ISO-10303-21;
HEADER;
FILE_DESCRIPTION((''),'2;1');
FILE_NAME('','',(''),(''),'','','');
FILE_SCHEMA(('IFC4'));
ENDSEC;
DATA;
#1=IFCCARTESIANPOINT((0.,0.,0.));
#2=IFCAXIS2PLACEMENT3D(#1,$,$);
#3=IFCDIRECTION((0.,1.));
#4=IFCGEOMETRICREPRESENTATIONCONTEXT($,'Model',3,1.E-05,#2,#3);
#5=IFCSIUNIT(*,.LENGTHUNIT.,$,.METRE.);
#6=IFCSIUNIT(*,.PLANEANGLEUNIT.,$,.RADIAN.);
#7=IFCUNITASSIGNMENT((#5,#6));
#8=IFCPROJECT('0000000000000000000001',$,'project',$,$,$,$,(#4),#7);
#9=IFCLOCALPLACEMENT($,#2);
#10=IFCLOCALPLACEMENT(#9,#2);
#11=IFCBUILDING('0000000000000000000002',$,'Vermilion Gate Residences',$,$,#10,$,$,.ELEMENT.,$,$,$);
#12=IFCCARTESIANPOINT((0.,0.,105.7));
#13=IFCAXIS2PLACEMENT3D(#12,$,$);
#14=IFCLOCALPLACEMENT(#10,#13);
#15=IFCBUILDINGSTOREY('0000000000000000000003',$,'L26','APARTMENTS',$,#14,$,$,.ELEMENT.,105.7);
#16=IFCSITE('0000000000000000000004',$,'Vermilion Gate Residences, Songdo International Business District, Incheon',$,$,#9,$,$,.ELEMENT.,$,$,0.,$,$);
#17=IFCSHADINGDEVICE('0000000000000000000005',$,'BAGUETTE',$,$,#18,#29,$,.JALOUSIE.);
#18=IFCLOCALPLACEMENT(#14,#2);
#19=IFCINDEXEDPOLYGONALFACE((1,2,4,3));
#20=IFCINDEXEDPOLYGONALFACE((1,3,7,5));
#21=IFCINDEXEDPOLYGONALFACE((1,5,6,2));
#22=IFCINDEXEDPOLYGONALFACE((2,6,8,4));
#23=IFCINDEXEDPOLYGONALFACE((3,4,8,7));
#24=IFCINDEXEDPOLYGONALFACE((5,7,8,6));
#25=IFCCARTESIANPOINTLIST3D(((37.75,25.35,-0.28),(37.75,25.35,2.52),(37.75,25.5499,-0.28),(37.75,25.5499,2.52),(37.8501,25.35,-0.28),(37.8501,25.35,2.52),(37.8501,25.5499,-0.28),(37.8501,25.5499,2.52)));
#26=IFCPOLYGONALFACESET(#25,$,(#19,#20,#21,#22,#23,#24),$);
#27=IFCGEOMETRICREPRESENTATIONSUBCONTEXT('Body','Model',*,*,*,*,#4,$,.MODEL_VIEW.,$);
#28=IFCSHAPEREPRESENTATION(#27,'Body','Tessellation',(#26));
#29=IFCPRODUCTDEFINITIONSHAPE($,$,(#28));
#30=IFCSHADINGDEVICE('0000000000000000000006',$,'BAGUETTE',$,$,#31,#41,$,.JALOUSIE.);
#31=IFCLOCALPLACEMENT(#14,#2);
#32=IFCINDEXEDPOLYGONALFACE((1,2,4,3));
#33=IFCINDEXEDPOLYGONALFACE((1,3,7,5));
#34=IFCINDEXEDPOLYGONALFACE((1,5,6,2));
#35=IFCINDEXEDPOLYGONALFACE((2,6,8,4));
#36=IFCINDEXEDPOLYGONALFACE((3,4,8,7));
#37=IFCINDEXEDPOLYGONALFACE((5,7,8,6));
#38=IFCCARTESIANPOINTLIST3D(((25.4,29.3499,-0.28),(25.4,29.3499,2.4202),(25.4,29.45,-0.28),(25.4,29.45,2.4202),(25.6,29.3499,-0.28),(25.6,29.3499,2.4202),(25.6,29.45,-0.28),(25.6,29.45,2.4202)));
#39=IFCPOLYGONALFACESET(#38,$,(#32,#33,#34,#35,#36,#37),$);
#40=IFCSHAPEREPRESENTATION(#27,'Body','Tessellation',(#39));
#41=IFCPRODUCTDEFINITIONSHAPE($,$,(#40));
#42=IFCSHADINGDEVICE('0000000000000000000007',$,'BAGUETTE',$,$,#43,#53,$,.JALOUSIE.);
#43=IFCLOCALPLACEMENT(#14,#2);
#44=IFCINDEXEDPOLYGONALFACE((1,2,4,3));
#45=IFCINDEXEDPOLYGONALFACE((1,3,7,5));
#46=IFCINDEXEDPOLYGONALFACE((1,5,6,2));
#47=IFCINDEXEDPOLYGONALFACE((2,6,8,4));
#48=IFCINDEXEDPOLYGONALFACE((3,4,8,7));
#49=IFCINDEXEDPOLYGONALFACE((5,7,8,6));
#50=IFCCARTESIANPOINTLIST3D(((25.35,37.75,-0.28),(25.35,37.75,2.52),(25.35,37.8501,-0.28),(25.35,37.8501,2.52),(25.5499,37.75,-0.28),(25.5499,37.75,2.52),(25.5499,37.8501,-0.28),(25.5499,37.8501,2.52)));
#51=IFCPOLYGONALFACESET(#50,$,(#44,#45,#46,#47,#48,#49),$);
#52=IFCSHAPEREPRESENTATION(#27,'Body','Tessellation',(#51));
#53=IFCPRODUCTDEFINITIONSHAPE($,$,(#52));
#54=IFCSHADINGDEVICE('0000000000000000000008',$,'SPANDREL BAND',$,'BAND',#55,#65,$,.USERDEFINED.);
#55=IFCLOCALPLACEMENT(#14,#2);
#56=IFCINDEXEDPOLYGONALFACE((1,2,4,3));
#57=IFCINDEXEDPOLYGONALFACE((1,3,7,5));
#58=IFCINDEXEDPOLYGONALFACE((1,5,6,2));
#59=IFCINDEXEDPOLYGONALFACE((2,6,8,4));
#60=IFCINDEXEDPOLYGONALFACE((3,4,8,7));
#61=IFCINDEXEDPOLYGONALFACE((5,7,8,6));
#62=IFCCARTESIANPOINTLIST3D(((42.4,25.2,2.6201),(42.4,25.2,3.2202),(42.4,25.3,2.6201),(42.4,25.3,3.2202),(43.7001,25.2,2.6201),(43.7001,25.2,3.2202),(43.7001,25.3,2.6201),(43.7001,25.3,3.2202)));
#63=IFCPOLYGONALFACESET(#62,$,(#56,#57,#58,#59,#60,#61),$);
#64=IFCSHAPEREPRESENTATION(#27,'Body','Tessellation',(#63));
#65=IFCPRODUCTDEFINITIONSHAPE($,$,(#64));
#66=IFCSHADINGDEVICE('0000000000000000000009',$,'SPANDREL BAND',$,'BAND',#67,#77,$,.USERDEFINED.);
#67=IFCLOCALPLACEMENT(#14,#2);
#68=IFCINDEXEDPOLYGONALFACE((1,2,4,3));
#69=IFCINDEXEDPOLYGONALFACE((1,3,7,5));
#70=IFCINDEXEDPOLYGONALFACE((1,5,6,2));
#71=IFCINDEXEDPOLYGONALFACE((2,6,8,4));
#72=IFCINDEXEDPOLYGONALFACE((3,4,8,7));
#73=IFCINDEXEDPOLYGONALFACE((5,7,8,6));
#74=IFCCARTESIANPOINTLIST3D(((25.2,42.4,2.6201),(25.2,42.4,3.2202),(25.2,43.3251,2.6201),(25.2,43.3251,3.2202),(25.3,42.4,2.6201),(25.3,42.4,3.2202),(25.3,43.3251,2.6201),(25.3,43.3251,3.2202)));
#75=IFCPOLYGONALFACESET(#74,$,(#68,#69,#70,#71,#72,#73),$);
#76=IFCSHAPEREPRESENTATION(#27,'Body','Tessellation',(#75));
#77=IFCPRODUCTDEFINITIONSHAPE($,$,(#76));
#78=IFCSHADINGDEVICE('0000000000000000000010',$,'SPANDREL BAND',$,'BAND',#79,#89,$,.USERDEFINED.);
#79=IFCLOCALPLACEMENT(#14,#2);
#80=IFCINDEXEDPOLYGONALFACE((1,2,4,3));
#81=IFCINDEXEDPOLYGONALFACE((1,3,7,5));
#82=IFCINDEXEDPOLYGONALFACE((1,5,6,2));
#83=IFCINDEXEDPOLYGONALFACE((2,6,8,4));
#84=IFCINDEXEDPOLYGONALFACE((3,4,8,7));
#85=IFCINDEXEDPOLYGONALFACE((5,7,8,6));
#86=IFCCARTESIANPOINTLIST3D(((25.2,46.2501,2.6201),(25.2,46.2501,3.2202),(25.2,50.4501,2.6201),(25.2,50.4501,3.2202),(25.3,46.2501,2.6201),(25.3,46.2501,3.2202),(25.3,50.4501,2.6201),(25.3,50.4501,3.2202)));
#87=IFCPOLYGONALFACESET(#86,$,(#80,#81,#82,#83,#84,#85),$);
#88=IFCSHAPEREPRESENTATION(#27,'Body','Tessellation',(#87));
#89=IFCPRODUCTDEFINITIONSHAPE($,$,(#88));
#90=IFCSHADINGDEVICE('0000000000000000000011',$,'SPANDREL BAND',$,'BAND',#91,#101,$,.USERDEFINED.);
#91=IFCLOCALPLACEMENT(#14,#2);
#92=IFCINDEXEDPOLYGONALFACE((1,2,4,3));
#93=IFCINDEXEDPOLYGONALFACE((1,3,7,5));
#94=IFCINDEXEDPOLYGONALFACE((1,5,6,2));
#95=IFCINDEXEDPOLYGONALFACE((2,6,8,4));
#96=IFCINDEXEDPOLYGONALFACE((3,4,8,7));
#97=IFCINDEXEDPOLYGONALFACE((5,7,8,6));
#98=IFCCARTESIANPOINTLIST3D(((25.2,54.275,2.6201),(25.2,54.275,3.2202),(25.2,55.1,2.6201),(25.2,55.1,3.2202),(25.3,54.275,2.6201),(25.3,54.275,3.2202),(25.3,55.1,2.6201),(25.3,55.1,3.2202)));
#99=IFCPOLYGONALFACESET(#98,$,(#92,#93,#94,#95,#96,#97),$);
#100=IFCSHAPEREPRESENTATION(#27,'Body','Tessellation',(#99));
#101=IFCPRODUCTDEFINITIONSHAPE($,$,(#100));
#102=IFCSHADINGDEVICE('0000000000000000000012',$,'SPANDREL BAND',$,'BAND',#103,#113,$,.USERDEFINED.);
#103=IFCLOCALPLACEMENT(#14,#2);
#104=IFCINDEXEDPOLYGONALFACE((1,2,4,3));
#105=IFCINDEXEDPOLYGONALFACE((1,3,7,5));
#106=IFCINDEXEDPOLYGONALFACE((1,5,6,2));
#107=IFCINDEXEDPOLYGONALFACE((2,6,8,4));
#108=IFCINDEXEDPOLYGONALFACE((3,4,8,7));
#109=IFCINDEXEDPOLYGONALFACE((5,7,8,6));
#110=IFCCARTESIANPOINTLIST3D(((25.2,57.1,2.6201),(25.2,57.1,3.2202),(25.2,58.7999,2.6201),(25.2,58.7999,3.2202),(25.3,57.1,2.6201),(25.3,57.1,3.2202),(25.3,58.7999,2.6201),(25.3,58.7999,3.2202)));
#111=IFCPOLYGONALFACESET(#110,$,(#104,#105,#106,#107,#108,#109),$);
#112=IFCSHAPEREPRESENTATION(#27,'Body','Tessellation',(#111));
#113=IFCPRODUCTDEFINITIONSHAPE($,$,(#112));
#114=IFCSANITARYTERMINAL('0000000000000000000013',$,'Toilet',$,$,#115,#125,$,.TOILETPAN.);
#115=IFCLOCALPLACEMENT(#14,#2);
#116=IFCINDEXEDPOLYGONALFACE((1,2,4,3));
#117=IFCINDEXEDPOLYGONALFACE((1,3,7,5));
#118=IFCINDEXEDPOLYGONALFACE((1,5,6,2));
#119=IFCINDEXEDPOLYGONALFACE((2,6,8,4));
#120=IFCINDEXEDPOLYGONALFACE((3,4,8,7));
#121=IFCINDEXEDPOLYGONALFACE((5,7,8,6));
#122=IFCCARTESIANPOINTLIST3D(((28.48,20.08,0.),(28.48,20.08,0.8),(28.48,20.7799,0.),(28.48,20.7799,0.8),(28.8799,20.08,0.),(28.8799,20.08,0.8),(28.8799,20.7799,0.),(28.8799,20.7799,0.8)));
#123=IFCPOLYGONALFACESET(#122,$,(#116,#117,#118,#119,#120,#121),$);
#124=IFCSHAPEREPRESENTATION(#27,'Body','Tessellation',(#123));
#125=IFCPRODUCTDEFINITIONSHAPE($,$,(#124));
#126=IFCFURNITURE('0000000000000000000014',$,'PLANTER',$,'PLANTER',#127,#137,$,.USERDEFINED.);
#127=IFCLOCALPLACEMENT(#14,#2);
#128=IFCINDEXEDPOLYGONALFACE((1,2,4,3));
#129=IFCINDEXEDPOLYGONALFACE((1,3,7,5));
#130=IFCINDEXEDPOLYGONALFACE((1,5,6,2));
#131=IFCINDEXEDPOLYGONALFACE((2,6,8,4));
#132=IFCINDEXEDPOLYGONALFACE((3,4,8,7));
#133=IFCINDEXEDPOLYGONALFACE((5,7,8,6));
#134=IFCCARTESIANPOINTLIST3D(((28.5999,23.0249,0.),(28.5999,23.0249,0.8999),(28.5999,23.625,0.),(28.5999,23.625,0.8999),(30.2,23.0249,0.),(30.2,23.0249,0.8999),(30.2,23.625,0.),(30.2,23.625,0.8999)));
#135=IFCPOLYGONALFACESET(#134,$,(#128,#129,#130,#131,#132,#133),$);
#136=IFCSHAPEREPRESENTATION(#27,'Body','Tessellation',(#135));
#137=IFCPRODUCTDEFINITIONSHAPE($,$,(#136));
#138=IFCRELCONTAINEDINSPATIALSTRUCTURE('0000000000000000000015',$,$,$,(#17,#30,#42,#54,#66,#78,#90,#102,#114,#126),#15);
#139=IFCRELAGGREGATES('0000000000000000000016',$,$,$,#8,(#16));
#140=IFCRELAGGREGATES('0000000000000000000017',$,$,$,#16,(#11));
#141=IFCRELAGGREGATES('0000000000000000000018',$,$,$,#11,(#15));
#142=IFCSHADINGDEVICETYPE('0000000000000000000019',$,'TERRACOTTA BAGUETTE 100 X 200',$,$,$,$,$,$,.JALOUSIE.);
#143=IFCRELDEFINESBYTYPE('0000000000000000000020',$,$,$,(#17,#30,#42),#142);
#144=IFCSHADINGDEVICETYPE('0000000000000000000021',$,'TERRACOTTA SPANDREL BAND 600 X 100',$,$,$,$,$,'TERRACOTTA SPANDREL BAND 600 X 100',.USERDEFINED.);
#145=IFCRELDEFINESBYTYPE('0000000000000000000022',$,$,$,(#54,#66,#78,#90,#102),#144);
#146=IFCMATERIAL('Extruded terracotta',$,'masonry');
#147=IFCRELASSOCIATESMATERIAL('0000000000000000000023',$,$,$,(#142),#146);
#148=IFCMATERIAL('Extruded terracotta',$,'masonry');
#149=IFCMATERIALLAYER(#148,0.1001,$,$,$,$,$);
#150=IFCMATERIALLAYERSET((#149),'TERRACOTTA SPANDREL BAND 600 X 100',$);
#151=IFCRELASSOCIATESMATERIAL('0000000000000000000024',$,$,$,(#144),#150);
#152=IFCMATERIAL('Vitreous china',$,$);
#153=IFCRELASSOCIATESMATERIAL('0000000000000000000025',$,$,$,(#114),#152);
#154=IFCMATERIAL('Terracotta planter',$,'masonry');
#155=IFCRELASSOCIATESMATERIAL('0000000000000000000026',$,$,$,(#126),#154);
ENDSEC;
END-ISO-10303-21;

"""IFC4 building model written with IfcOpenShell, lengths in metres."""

from ifc_helpers import new_model, si_unit, direction, frame, origin, origin_2d, place, context, subcontext, project, spatial, rectangle, extrude, material, layer, layer_set, material_profile, profile_set, type_object, element, save


model = new_model("IFC4")

# Units and contexts
model_context = context("Model", 3, precision=1e-05, world=origin(), true_north=direction((0.0, 1.0)))
body_context = subcontext(model_context, "Body", "Model", "MODEL_VIEW")
ifc_project = project(units=[si_unit("LENGTHUNIT", "METRE"), si_unit("PLANEANGLEUNIT", "RADIAN")], contexts=[model_context])

# Site, building, storey
site_placement = place(None, origin())
site = spatial("IfcSite", under=ifc_project, at=site_placement, Name="Vermilion Gate Residences, Songdo International Business District, Incheon", CompositionType="ELEMENT", RefElevation=0.0)
building_placement = place(site_placement, origin())
building = spatial("IfcBuilding", under=site, at=building_placement, Name="Vermilion Gate Residences", CompositionType="ELEMENT")
storey_placement = place(building_placement, frame((0.0, 0.0, 105.7)))
storey = spatial("IfcBuildingStorey", under=building, at=storey_placement, Name="L26", Description="APARTMENTS", CompositionType="ELEMENT", Elevation=105.7)

# Shading devices
ifc_material_1 = material(Name="Extruded terracotta", Category="masonry")
ifc_material_profile_1 = material_profile(ifc_material_1, rectangle(XDim=0.2, YDim=0.1001, at=origin_2d()), Name="BAGUETTE 100 X 200")
ifc_profile_set_1 = profile_set([ifc_material_profile_1], Name="Extruded terracotta")
shading_device_type_1 = type_object("IfcShadingDeviceType", Name="TERRACOTTA BAGUETTE 100 X 200", PredefinedType="JALOUSIE", material=ifc_profile_set_1)
shading_device_1_placement = place(storey_placement, frame((37.8, 25.45, -0.28), z_axis=(0.0, 0.0, 1.0), x_axis=(0.0, -1.0, 0.0)))
element("IfcShadingDevice", 1, at=shading_device_1_placement, inside=storey, type_object=shading_device_type_1, Name="BAGUETTE", PredefinedType="JALOUSIE", context=body_context, shape_type="SweptSolid", body=[
    extrude(rectangle(XDim=0.2, YDim=0.1001, at=origin_2d()), origin(), (0.0, 0.0, 1.0), 2.8),
])
shading_device_2_placement = place(storey_placement, frame((25.5, 29.3999, -0.28), z_axis=(0.0, 0.0, 1.0), x_axis=(-1.0, 0.0, 0.0)))
element("IfcShadingDevice", 2, at=shading_device_2_placement, inside=storey, type_object=shading_device_type_1, Name="BAGUETTE", PredefinedType="JALOUSIE", context=body_context, shape_type="SweptSolid", body=[
    extrude(rectangle(XDim=0.2, YDim=0.1001, at=origin_2d()), origin(), (0.0, 0.0, 1.0), 2.7002),
])
shading_device_3_placement = place(storey_placement, frame((25.45, 37.8, -0.28), z_axis=(0.0, 0.0, 1.0), x_axis=(-1.0, 0.0, 0.0)))
element("IfcShadingDevice", 3, at=shading_device_3_placement, inside=storey, type_object=shading_device_type_1, Name="BAGUETTE", PredefinedType="JALOUSIE", context=body_context, shape_type="SweptSolid", body=[
    extrude(rectangle(XDim=0.2, YDim=0.1001, at=origin_2d()), origin(), (0.0, 0.0, 1.0), 2.8),
])
ifc_material_2 = material(Name="Extruded terracotta", Category="masonry")
ifc_layer_1 = layer(ifc_material_2, 0.1001)
ifc_layer_set_1 = layer_set([ifc_layer_1], Name="TERRACOTTA SPANDREL BAND 600 X 100")
shading_device_type_2 = type_object("IfcShadingDeviceType", Name="TERRACOTTA SPANDREL BAND 600 X 100", ElementType="TERRACOTTA SPANDREL BAND 600 X 100", PredefinedType="USERDEFINED", material=ifc_layer_set_1)
shading_device_4_placement = place(storey_placement, frame((43.05, 25.25, 2.6201), z_axis=(0.0, 0.0, 1.0), x_axis=(1.0, 0.0, 0.0)))
element("IfcShadingDevice", 4, at=shading_device_4_placement, inside=storey, type_object=shading_device_type_2, Name="SPANDREL BAND", ObjectType="BAND", PredefinedType="USERDEFINED", context=body_context, shape_type="SweptSolid", body=[
    extrude(rectangle(XDim=1.3, YDim=0.1001, at=origin_2d()), origin(), (0.0, 0.0, 1.0), 0.6001),
])
shading_device_5_placement = place(storey_placement, frame((25.25, 42.8625, 2.6201), z_axis=(0.0, 0.0, 1.0), x_axis=(0.0, 1.0, 0.0)))
element("IfcShadingDevice", 5, at=shading_device_5_placement, inside=storey, type_object=shading_device_type_2, Name="SPANDREL BAND", ObjectType="BAND", PredefinedType="USERDEFINED", context=body_context, shape_type="SweptSolid", body=[
    extrude(rectangle(XDim=0.925, YDim=0.1001, at=origin_2d()), origin(), (0.0, 0.0, 1.0), 0.6001),
])
shading_device_6_placement = place(storey_placement, frame((25.25, 48.3501, 2.6201), z_axis=(0.0, 0.0, 1.0), x_axis=(0.0, 1.0, 0.0)))
element("IfcShadingDevice", 6, at=shading_device_6_placement, inside=storey, type_object=shading_device_type_2, Name="SPANDREL BAND", ObjectType="BAND", PredefinedType="USERDEFINED", context=body_context, shape_type="SweptSolid", body=[
    extrude(rectangle(XDim=4.2, YDim=0.1001, at=origin_2d()), origin(), (0.0, 0.0, 1.0), 0.6001),
])
shading_device_7_placement = place(storey_placement, frame((25.25, 54.6875, 2.6201), z_axis=(0.0, 0.0, 1.0), x_axis=(0.0, 1.0, 0.0)))
element("IfcShadingDevice", 7, at=shading_device_7_placement, inside=storey, type_object=shading_device_type_2, Name="SPANDREL BAND", ObjectType="BAND", PredefinedType="USERDEFINED", context=body_context, shape_type="SweptSolid", body=[
    extrude(rectangle(XDim=0.825, YDim=0.1001, at=origin_2d()), origin(), (0.0, 0.0, 1.0), 0.6001),
])
shading_device_8_placement = place(storey_placement, frame((25.25, 57.95, 2.6201), z_axis=(0.0, 0.0, 1.0), x_axis=(0.0, 1.0, 0.0)))
element("IfcShadingDevice", 8, at=shading_device_8_placement, inside=storey, type_object=shading_device_type_2, Name="SPANDREL BAND", ObjectType="BAND", PredefinedType="USERDEFINED", context=body_context, shape_type="SweptSolid", body=[
    extrude(rectangle(XDim=1.7, YDim=0.1001, at=origin_2d()), origin(), (0.0, 0.0, 1.0), 0.6001),
])

# Sanitary terminal
ifc_material_3 = material(Name="Vitreous china")
sanitary_terminal_placement = place(storey_placement, frame((28.6799, 20.4299, 0.0), z_axis=(0.0, 0.0, 1.0), x_axis=(1.0, 0.0, 0.0)))
element("IfcSanitaryTerminal", 9, at=sanitary_terminal_placement, inside=storey, material=ifc_material_3, Name="Toilet", PredefinedType="TOILETPAN", context=body_context, shape_type="SweptSolid", body=[
    extrude(rectangle(XDim=0.3999, YDim=0.7, at=origin_2d()), origin(), (0.0, 0.0, 1.0), 0.8),
])

# Furniture
ifc_material_4 = material(Name="Terracotta planter", Category="masonry")
furniture_placement = place(storey_placement, frame((29.3999, 23.325, 0.0), z_axis=(0.0, 0.0, 1.0), x_axis=(-1.0, 0.0, 0.0)))
element("IfcFurniture", 10, at=furniture_placement, inside=storey, material=ifc_material_4, Name="PLANTER", ObjectType="PLANTER", PredefinedType="USERDEFINED", context=body_context, shape_type="SweptSolid", body=[
    extrude(rectangle(XDim=1.6001, YDim=0.6001, at=origin_2d()), origin(), (0.0, 0.0, 1.0), 0.8999),
])

save(model, "model.ifc")
